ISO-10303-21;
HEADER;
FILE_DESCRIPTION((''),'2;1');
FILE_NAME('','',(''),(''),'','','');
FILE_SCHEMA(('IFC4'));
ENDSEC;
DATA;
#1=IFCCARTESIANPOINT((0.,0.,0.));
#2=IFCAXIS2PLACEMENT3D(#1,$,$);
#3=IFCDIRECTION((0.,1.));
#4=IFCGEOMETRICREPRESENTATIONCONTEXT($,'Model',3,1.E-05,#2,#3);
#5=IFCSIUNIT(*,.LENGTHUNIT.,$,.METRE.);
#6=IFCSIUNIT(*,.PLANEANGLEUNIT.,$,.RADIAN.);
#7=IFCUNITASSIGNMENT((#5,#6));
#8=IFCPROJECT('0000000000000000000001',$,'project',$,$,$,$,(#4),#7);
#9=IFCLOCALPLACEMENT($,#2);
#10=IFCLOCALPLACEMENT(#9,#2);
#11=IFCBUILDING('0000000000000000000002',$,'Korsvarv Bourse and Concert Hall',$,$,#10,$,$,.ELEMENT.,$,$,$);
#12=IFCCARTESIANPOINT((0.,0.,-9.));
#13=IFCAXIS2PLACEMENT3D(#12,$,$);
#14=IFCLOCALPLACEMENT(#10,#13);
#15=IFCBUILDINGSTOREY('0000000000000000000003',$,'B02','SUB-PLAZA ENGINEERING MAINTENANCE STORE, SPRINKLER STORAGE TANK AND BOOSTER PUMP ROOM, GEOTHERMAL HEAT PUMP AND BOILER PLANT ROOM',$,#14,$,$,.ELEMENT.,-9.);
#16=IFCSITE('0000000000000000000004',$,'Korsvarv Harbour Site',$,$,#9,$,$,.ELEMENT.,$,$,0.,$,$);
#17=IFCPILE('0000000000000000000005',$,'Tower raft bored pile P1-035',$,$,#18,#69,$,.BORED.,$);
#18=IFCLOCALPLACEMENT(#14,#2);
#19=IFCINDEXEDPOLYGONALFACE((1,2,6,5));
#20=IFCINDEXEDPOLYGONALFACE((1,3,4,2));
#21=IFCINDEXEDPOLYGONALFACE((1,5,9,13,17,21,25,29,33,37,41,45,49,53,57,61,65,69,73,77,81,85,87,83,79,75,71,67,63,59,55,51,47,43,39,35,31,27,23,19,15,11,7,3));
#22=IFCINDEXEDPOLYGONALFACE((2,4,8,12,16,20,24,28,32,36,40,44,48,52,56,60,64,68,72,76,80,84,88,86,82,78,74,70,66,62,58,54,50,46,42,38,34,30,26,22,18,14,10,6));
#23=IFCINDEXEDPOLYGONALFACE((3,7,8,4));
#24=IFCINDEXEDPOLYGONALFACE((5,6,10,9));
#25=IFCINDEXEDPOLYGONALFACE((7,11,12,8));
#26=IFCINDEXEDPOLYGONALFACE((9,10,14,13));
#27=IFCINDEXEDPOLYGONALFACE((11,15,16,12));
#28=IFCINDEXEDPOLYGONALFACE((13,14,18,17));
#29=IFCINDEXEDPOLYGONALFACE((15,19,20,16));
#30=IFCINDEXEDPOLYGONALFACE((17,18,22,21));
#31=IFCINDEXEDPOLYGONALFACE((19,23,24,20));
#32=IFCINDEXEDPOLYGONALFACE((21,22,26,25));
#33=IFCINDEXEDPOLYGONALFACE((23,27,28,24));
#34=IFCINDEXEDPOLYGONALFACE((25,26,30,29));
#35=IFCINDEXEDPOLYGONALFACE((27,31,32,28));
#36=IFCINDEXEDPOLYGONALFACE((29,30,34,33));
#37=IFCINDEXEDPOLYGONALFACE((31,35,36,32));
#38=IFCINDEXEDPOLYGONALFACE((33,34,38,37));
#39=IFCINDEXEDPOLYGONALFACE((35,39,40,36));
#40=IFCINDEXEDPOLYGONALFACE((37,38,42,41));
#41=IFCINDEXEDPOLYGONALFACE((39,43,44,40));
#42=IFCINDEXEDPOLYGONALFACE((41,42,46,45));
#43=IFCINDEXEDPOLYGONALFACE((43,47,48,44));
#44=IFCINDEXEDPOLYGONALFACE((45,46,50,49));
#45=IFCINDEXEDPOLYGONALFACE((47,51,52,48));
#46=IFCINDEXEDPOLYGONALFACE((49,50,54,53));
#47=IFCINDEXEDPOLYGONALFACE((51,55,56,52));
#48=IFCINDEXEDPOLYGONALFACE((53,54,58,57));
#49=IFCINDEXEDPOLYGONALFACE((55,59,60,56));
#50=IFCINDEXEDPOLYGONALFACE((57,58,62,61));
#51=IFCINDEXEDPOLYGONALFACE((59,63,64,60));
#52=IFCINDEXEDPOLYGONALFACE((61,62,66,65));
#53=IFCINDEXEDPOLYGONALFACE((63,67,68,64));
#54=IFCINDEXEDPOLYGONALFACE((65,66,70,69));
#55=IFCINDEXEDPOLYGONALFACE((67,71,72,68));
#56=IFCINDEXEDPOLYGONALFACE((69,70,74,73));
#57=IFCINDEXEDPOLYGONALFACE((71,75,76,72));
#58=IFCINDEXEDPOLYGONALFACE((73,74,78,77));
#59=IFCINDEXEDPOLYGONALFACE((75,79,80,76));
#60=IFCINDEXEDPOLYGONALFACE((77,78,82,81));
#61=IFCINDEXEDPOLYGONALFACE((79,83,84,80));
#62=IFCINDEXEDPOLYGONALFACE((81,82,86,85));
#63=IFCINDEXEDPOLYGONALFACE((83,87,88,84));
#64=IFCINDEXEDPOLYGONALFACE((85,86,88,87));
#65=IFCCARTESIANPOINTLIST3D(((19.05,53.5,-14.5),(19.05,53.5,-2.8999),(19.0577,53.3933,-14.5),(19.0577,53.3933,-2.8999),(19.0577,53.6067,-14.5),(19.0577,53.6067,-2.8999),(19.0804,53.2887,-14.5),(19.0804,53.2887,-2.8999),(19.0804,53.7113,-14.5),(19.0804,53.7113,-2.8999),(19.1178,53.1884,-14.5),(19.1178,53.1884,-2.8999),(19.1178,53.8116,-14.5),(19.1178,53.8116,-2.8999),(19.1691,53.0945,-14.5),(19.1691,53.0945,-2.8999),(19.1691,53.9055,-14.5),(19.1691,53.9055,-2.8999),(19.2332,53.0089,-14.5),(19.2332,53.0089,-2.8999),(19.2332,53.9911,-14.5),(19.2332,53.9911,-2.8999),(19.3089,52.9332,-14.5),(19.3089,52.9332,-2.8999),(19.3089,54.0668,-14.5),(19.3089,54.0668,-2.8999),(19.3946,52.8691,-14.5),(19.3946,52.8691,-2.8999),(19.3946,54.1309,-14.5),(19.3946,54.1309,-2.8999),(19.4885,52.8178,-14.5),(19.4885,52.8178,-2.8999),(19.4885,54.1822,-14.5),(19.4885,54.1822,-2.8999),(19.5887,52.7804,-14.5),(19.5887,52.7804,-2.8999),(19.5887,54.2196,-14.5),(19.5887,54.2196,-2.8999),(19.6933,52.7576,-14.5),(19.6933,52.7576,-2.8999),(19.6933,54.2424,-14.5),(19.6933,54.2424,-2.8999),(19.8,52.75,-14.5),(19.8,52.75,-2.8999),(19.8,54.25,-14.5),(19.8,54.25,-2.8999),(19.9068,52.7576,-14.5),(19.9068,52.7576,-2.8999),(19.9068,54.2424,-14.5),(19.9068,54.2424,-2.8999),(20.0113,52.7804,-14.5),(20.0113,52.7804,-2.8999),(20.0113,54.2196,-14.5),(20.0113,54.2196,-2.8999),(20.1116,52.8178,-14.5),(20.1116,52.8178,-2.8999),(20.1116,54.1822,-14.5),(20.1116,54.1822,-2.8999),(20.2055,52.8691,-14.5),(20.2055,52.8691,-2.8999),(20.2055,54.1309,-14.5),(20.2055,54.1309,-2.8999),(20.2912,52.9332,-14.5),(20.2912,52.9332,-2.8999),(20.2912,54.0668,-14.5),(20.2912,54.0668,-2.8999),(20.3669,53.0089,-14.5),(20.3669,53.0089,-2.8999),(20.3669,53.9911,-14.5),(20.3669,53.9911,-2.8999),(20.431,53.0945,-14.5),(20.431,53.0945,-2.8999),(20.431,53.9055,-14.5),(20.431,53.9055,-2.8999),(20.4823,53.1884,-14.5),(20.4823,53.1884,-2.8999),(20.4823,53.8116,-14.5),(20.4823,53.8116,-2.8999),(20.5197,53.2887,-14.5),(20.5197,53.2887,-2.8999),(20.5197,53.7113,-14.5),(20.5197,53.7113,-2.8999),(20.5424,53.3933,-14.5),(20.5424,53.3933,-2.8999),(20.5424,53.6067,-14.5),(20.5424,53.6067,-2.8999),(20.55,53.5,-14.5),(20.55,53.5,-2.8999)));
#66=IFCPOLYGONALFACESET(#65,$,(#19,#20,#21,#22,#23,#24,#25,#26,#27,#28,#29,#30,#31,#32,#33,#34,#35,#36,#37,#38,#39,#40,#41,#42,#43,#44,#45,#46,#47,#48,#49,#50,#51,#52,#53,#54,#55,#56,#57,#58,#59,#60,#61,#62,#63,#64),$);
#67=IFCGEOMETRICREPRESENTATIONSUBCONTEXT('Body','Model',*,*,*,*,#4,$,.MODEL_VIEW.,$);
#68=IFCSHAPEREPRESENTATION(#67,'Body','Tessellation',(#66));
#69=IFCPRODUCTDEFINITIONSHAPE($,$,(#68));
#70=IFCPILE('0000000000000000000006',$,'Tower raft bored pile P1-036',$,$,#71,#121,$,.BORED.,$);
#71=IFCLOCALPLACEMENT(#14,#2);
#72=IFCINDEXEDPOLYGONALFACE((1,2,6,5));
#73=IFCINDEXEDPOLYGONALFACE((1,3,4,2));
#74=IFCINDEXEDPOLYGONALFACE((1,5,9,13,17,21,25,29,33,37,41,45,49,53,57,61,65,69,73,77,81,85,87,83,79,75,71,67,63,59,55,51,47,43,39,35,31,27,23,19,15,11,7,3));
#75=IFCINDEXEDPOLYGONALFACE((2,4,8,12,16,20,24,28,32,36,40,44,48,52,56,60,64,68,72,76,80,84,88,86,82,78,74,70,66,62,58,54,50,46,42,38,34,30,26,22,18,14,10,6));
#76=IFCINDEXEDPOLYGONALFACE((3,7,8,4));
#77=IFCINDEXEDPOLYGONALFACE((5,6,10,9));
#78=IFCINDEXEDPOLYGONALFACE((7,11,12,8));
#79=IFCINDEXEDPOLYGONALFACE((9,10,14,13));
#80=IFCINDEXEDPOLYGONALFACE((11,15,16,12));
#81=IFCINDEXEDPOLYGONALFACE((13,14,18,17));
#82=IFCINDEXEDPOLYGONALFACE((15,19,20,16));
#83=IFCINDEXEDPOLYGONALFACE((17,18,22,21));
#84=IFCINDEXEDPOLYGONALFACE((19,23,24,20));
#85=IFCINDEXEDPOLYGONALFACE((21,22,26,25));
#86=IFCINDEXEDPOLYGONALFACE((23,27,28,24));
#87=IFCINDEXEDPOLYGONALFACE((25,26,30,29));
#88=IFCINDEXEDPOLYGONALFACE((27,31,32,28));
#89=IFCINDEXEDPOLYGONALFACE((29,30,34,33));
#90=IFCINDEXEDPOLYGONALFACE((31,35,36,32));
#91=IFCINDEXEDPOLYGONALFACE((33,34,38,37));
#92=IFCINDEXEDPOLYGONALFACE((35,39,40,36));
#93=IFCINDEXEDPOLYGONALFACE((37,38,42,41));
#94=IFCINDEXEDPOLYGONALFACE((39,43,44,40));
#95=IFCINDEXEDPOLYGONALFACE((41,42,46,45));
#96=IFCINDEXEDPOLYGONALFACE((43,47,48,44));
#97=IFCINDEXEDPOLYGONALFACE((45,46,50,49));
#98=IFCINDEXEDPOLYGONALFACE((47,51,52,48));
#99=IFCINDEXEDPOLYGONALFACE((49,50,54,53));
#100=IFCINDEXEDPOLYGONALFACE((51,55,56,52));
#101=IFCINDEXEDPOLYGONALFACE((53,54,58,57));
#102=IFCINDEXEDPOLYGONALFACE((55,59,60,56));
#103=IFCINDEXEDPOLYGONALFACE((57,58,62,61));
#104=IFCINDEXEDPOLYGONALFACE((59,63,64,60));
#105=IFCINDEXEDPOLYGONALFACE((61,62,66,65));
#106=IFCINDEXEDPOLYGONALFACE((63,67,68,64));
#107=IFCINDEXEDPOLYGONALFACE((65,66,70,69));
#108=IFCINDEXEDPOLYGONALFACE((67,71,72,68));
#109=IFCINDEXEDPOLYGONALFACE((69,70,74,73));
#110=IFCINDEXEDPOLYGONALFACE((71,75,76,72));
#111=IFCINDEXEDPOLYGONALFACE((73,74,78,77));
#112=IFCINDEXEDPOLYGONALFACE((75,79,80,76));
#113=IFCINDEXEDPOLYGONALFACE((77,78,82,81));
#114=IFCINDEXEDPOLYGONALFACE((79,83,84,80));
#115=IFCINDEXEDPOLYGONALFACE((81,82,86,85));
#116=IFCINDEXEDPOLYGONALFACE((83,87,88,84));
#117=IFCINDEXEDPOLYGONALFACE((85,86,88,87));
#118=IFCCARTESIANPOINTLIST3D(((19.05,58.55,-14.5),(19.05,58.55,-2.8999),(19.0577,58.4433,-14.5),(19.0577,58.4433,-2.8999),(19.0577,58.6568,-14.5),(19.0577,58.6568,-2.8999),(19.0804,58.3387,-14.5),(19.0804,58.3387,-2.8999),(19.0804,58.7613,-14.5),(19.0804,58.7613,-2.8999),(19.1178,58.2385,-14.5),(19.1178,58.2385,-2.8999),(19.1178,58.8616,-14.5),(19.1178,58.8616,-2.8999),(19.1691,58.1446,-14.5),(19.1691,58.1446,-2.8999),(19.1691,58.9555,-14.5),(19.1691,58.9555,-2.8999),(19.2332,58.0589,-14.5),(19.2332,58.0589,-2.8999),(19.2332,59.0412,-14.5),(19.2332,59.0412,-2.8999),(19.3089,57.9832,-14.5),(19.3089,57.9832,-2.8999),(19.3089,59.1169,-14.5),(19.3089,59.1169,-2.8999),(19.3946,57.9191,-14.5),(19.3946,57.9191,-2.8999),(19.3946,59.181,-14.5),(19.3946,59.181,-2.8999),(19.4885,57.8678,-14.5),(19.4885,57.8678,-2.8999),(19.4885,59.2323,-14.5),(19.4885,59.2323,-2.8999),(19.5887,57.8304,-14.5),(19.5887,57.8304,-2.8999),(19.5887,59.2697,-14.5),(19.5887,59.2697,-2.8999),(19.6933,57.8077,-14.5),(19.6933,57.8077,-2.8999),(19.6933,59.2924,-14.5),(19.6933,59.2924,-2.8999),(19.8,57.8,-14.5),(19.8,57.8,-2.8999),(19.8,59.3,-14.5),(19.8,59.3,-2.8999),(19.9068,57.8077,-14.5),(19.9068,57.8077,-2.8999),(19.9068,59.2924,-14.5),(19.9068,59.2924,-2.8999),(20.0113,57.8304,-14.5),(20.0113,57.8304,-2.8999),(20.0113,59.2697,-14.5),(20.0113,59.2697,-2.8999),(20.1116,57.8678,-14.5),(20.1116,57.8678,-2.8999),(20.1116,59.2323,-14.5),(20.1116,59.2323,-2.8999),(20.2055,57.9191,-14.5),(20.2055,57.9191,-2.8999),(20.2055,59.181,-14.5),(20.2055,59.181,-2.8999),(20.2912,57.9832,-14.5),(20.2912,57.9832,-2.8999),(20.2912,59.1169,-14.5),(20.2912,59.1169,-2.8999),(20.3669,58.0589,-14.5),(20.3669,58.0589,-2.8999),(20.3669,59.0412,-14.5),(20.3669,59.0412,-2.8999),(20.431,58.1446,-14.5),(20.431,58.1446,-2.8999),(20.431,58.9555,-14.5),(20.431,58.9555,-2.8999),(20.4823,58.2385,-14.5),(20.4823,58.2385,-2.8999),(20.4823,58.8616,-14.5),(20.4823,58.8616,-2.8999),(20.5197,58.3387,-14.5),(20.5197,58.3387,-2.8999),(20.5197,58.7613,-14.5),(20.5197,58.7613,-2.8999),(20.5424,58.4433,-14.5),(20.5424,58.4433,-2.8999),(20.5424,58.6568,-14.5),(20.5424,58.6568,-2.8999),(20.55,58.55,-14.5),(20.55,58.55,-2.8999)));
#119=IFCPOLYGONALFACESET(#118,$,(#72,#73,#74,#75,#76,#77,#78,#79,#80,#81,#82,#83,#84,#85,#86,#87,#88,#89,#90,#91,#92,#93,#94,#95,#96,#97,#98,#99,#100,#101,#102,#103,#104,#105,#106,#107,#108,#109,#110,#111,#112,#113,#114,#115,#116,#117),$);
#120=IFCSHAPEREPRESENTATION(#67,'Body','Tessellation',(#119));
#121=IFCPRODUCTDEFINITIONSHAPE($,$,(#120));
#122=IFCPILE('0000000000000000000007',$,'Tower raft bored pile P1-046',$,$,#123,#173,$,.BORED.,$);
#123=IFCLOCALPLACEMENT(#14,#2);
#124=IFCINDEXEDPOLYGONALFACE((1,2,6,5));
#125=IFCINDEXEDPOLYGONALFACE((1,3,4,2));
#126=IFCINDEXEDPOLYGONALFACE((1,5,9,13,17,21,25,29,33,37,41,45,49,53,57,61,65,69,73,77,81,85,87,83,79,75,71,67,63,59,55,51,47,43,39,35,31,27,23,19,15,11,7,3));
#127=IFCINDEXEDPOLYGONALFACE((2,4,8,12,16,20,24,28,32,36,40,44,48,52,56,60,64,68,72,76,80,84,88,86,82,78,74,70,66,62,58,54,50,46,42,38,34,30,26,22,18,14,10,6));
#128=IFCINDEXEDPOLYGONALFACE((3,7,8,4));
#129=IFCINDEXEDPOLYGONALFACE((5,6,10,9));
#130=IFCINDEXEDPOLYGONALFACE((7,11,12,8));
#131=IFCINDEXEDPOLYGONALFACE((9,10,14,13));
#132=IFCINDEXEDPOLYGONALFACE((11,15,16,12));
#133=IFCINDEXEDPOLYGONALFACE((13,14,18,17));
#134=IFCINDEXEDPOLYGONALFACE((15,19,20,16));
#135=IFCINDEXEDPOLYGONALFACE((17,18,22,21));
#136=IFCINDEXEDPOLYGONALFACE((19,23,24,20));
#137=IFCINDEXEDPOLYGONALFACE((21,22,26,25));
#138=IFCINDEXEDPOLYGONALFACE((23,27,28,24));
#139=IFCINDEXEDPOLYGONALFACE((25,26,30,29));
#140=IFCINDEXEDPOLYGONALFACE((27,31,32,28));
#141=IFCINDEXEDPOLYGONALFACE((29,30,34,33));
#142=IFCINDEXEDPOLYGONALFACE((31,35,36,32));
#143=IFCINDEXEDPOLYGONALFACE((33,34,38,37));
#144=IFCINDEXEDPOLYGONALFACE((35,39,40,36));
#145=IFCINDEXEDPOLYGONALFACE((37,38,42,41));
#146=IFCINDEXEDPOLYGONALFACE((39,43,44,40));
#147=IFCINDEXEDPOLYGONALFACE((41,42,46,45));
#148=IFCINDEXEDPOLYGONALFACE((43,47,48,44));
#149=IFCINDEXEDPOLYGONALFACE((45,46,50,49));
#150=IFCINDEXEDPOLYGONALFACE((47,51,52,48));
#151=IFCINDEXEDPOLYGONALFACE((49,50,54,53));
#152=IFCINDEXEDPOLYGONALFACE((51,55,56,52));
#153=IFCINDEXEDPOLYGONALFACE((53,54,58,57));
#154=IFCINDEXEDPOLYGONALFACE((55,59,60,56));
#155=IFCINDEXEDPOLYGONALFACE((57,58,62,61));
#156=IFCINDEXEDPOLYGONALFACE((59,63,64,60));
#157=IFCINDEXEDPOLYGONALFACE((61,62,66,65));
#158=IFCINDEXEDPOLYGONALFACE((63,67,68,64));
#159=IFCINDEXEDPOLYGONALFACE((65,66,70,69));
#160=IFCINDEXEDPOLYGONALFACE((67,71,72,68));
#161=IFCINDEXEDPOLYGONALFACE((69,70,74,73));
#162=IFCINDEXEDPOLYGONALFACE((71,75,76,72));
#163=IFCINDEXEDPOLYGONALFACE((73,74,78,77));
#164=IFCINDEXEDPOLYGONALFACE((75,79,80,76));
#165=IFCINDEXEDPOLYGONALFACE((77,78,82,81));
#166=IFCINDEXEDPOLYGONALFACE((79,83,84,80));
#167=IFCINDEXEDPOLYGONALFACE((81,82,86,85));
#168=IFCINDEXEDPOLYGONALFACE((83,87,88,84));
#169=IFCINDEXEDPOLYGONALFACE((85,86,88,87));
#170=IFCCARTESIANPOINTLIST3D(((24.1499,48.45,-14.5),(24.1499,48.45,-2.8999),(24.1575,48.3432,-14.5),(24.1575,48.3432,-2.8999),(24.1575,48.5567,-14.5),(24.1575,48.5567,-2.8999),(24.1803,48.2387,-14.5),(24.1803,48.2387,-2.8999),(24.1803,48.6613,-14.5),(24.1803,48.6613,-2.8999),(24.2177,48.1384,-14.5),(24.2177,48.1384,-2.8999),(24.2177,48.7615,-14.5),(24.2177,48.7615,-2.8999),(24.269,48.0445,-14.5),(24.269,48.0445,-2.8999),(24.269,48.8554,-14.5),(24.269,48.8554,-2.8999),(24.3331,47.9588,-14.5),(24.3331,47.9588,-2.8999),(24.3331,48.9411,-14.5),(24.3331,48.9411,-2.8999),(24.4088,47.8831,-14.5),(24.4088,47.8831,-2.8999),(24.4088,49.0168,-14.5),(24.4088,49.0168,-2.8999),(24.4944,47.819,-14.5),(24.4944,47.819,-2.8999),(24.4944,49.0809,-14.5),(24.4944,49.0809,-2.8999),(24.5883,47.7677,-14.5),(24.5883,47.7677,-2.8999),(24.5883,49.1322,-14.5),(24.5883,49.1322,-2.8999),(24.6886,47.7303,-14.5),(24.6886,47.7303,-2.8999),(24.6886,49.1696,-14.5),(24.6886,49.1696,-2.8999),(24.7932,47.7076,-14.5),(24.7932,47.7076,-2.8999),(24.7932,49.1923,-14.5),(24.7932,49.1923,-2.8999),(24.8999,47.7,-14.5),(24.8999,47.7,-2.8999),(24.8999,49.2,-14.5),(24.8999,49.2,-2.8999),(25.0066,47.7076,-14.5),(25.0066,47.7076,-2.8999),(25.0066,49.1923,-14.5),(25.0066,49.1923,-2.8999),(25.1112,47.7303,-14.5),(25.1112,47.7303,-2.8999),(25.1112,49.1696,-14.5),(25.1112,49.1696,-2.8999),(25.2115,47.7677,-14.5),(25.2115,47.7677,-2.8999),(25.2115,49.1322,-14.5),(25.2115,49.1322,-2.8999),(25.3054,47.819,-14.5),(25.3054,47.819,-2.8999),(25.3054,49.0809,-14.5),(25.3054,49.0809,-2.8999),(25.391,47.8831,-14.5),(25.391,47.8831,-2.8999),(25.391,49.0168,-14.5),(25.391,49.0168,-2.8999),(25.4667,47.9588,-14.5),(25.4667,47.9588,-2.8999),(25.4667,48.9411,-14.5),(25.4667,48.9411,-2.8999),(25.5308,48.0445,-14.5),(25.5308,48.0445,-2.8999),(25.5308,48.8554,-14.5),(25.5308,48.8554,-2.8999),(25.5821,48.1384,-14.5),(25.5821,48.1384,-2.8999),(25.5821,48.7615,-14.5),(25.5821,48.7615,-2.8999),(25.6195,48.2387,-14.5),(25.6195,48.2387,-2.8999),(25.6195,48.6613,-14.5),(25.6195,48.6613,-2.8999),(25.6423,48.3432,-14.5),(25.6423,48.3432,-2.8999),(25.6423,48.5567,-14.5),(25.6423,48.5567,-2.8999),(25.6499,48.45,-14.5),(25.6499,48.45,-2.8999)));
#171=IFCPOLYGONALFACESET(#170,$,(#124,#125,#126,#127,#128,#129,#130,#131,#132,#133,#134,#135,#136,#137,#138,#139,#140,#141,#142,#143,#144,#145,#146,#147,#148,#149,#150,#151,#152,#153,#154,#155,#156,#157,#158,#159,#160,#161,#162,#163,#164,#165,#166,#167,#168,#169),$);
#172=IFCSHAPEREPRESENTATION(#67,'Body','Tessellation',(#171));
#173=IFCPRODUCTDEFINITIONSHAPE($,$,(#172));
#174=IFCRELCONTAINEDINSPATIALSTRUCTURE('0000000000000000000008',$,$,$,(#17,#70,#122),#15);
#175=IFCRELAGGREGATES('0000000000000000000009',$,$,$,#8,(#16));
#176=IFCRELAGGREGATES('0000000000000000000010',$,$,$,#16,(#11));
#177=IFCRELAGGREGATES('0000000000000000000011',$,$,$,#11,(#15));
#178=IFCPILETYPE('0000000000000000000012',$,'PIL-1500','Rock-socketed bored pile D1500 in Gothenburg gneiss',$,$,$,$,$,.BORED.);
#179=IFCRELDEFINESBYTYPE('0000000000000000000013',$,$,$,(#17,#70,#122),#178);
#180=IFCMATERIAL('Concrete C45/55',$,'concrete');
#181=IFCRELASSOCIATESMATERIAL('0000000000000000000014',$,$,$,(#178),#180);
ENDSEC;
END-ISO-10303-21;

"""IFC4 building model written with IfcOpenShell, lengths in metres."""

from ifc_helpers import new_model, si_unit, direction, frame, origin, origin_2d, place, context, subcontext, project, spatial, circle, extrude, source, transform, mapped, material, material_profile, profile_set, type_object, element, save


model = new_model("IFC4")

# Units and contexts
model_context = context("Model", 3, precision=1e-05, world=origin(), true_north=direction((0.0, 1.0)))
body_context = subcontext(model_context, "Body", "Model", "MODEL_VIEW")
ifc_project = project(units=[si_unit("LENGTHUNIT", "METRE"), si_unit("PLANEANGLEUNIT", "RADIAN")], contexts=[model_context])

# Site, building, storey
site_placement = place(None, origin())
site = spatial("IfcSite", under=ifc_project, at=site_placement, Name="Korsvarv Harbour Site", CompositionType="ELEMENT", RefElevation=0.0)
building_placement = place(site_placement, origin())
building = spatial("IfcBuilding", under=site, at=building_placement, Name="Korsvarv Bourse and Concert Hall", CompositionType="ELEMENT")
storey_placement = place(building_placement, frame((0.0, 0.0, -9.0)))
storey = spatial("IfcBuildingStorey", under=building, at=storey_placement, Name="B02", Description="SUB-PLAZA ENGINEERING MAINTENANCE STORE, SPRINKLER STORAGE TANK AND BOOSTER PUMP ROOM, GEOTHERMAL HEAT PUMP AND BOILER PLANT ROOM", CompositionType="ELEMENT", Elevation=-9.0)

# Piles
ifc_material_1 = material(Name="Concrete C45/55", Category="concrete")
ifc_material_profile_1 = material_profile(ifc_material_1, circle(Radius=0.75, at=origin_2d()), Name="PILE D1500")
ifc_profile_set_1 = profile_set([ifc_material_profile_1], Name="Concrete C45/55")
pile_type = type_object("IfcPileType", Name="PIL-1500", Description="Rock-socketed bored pile D1500 in Gothenburg gneiss", PredefinedType="BORED", material=ifc_profile_set_1)
shared_shape_1 = source(origin(), body_context, "Body", "SweptSolid", [
    extrude(circle(Radius=0.75, at=origin_2d()), origin(), (0.0, 0.0, 1.0), 11.6001),
])
for number, where, z_axis, x_axis, name in (
    (1, (19.8, 53.5, -2.8999), (0.0, 0.0, -1.0), (1.0, 0.0, 0.0), "Tower raft bored pile P1-035"),
    (2, (19.8, 58.55, -2.8999), (0.0, 0.0, -1.0), (1.0, 0.0, 0.0), "Tower raft bored pile P1-036"),
    (3, (24.8999, 48.45, -2.8999), (0.0, 0.0, -1.0), (1.0, 0.0, 0.0), "Tower raft bored pile P1-046"),
):
    element("IfcPile", number, at=place(storey_placement, frame(where, z_axis=z_axis, x_axis=x_axis)), inside=storey, type_object=pile_type, Name=name, PredefinedType="BORED", context=body_context, shape_type="MappedRepresentation", body=[
        mapped(shared_shape_1, transform((0.0, 0.0, 0.0), scale=1.0)),
    ])

save(model, "model.ifc")
